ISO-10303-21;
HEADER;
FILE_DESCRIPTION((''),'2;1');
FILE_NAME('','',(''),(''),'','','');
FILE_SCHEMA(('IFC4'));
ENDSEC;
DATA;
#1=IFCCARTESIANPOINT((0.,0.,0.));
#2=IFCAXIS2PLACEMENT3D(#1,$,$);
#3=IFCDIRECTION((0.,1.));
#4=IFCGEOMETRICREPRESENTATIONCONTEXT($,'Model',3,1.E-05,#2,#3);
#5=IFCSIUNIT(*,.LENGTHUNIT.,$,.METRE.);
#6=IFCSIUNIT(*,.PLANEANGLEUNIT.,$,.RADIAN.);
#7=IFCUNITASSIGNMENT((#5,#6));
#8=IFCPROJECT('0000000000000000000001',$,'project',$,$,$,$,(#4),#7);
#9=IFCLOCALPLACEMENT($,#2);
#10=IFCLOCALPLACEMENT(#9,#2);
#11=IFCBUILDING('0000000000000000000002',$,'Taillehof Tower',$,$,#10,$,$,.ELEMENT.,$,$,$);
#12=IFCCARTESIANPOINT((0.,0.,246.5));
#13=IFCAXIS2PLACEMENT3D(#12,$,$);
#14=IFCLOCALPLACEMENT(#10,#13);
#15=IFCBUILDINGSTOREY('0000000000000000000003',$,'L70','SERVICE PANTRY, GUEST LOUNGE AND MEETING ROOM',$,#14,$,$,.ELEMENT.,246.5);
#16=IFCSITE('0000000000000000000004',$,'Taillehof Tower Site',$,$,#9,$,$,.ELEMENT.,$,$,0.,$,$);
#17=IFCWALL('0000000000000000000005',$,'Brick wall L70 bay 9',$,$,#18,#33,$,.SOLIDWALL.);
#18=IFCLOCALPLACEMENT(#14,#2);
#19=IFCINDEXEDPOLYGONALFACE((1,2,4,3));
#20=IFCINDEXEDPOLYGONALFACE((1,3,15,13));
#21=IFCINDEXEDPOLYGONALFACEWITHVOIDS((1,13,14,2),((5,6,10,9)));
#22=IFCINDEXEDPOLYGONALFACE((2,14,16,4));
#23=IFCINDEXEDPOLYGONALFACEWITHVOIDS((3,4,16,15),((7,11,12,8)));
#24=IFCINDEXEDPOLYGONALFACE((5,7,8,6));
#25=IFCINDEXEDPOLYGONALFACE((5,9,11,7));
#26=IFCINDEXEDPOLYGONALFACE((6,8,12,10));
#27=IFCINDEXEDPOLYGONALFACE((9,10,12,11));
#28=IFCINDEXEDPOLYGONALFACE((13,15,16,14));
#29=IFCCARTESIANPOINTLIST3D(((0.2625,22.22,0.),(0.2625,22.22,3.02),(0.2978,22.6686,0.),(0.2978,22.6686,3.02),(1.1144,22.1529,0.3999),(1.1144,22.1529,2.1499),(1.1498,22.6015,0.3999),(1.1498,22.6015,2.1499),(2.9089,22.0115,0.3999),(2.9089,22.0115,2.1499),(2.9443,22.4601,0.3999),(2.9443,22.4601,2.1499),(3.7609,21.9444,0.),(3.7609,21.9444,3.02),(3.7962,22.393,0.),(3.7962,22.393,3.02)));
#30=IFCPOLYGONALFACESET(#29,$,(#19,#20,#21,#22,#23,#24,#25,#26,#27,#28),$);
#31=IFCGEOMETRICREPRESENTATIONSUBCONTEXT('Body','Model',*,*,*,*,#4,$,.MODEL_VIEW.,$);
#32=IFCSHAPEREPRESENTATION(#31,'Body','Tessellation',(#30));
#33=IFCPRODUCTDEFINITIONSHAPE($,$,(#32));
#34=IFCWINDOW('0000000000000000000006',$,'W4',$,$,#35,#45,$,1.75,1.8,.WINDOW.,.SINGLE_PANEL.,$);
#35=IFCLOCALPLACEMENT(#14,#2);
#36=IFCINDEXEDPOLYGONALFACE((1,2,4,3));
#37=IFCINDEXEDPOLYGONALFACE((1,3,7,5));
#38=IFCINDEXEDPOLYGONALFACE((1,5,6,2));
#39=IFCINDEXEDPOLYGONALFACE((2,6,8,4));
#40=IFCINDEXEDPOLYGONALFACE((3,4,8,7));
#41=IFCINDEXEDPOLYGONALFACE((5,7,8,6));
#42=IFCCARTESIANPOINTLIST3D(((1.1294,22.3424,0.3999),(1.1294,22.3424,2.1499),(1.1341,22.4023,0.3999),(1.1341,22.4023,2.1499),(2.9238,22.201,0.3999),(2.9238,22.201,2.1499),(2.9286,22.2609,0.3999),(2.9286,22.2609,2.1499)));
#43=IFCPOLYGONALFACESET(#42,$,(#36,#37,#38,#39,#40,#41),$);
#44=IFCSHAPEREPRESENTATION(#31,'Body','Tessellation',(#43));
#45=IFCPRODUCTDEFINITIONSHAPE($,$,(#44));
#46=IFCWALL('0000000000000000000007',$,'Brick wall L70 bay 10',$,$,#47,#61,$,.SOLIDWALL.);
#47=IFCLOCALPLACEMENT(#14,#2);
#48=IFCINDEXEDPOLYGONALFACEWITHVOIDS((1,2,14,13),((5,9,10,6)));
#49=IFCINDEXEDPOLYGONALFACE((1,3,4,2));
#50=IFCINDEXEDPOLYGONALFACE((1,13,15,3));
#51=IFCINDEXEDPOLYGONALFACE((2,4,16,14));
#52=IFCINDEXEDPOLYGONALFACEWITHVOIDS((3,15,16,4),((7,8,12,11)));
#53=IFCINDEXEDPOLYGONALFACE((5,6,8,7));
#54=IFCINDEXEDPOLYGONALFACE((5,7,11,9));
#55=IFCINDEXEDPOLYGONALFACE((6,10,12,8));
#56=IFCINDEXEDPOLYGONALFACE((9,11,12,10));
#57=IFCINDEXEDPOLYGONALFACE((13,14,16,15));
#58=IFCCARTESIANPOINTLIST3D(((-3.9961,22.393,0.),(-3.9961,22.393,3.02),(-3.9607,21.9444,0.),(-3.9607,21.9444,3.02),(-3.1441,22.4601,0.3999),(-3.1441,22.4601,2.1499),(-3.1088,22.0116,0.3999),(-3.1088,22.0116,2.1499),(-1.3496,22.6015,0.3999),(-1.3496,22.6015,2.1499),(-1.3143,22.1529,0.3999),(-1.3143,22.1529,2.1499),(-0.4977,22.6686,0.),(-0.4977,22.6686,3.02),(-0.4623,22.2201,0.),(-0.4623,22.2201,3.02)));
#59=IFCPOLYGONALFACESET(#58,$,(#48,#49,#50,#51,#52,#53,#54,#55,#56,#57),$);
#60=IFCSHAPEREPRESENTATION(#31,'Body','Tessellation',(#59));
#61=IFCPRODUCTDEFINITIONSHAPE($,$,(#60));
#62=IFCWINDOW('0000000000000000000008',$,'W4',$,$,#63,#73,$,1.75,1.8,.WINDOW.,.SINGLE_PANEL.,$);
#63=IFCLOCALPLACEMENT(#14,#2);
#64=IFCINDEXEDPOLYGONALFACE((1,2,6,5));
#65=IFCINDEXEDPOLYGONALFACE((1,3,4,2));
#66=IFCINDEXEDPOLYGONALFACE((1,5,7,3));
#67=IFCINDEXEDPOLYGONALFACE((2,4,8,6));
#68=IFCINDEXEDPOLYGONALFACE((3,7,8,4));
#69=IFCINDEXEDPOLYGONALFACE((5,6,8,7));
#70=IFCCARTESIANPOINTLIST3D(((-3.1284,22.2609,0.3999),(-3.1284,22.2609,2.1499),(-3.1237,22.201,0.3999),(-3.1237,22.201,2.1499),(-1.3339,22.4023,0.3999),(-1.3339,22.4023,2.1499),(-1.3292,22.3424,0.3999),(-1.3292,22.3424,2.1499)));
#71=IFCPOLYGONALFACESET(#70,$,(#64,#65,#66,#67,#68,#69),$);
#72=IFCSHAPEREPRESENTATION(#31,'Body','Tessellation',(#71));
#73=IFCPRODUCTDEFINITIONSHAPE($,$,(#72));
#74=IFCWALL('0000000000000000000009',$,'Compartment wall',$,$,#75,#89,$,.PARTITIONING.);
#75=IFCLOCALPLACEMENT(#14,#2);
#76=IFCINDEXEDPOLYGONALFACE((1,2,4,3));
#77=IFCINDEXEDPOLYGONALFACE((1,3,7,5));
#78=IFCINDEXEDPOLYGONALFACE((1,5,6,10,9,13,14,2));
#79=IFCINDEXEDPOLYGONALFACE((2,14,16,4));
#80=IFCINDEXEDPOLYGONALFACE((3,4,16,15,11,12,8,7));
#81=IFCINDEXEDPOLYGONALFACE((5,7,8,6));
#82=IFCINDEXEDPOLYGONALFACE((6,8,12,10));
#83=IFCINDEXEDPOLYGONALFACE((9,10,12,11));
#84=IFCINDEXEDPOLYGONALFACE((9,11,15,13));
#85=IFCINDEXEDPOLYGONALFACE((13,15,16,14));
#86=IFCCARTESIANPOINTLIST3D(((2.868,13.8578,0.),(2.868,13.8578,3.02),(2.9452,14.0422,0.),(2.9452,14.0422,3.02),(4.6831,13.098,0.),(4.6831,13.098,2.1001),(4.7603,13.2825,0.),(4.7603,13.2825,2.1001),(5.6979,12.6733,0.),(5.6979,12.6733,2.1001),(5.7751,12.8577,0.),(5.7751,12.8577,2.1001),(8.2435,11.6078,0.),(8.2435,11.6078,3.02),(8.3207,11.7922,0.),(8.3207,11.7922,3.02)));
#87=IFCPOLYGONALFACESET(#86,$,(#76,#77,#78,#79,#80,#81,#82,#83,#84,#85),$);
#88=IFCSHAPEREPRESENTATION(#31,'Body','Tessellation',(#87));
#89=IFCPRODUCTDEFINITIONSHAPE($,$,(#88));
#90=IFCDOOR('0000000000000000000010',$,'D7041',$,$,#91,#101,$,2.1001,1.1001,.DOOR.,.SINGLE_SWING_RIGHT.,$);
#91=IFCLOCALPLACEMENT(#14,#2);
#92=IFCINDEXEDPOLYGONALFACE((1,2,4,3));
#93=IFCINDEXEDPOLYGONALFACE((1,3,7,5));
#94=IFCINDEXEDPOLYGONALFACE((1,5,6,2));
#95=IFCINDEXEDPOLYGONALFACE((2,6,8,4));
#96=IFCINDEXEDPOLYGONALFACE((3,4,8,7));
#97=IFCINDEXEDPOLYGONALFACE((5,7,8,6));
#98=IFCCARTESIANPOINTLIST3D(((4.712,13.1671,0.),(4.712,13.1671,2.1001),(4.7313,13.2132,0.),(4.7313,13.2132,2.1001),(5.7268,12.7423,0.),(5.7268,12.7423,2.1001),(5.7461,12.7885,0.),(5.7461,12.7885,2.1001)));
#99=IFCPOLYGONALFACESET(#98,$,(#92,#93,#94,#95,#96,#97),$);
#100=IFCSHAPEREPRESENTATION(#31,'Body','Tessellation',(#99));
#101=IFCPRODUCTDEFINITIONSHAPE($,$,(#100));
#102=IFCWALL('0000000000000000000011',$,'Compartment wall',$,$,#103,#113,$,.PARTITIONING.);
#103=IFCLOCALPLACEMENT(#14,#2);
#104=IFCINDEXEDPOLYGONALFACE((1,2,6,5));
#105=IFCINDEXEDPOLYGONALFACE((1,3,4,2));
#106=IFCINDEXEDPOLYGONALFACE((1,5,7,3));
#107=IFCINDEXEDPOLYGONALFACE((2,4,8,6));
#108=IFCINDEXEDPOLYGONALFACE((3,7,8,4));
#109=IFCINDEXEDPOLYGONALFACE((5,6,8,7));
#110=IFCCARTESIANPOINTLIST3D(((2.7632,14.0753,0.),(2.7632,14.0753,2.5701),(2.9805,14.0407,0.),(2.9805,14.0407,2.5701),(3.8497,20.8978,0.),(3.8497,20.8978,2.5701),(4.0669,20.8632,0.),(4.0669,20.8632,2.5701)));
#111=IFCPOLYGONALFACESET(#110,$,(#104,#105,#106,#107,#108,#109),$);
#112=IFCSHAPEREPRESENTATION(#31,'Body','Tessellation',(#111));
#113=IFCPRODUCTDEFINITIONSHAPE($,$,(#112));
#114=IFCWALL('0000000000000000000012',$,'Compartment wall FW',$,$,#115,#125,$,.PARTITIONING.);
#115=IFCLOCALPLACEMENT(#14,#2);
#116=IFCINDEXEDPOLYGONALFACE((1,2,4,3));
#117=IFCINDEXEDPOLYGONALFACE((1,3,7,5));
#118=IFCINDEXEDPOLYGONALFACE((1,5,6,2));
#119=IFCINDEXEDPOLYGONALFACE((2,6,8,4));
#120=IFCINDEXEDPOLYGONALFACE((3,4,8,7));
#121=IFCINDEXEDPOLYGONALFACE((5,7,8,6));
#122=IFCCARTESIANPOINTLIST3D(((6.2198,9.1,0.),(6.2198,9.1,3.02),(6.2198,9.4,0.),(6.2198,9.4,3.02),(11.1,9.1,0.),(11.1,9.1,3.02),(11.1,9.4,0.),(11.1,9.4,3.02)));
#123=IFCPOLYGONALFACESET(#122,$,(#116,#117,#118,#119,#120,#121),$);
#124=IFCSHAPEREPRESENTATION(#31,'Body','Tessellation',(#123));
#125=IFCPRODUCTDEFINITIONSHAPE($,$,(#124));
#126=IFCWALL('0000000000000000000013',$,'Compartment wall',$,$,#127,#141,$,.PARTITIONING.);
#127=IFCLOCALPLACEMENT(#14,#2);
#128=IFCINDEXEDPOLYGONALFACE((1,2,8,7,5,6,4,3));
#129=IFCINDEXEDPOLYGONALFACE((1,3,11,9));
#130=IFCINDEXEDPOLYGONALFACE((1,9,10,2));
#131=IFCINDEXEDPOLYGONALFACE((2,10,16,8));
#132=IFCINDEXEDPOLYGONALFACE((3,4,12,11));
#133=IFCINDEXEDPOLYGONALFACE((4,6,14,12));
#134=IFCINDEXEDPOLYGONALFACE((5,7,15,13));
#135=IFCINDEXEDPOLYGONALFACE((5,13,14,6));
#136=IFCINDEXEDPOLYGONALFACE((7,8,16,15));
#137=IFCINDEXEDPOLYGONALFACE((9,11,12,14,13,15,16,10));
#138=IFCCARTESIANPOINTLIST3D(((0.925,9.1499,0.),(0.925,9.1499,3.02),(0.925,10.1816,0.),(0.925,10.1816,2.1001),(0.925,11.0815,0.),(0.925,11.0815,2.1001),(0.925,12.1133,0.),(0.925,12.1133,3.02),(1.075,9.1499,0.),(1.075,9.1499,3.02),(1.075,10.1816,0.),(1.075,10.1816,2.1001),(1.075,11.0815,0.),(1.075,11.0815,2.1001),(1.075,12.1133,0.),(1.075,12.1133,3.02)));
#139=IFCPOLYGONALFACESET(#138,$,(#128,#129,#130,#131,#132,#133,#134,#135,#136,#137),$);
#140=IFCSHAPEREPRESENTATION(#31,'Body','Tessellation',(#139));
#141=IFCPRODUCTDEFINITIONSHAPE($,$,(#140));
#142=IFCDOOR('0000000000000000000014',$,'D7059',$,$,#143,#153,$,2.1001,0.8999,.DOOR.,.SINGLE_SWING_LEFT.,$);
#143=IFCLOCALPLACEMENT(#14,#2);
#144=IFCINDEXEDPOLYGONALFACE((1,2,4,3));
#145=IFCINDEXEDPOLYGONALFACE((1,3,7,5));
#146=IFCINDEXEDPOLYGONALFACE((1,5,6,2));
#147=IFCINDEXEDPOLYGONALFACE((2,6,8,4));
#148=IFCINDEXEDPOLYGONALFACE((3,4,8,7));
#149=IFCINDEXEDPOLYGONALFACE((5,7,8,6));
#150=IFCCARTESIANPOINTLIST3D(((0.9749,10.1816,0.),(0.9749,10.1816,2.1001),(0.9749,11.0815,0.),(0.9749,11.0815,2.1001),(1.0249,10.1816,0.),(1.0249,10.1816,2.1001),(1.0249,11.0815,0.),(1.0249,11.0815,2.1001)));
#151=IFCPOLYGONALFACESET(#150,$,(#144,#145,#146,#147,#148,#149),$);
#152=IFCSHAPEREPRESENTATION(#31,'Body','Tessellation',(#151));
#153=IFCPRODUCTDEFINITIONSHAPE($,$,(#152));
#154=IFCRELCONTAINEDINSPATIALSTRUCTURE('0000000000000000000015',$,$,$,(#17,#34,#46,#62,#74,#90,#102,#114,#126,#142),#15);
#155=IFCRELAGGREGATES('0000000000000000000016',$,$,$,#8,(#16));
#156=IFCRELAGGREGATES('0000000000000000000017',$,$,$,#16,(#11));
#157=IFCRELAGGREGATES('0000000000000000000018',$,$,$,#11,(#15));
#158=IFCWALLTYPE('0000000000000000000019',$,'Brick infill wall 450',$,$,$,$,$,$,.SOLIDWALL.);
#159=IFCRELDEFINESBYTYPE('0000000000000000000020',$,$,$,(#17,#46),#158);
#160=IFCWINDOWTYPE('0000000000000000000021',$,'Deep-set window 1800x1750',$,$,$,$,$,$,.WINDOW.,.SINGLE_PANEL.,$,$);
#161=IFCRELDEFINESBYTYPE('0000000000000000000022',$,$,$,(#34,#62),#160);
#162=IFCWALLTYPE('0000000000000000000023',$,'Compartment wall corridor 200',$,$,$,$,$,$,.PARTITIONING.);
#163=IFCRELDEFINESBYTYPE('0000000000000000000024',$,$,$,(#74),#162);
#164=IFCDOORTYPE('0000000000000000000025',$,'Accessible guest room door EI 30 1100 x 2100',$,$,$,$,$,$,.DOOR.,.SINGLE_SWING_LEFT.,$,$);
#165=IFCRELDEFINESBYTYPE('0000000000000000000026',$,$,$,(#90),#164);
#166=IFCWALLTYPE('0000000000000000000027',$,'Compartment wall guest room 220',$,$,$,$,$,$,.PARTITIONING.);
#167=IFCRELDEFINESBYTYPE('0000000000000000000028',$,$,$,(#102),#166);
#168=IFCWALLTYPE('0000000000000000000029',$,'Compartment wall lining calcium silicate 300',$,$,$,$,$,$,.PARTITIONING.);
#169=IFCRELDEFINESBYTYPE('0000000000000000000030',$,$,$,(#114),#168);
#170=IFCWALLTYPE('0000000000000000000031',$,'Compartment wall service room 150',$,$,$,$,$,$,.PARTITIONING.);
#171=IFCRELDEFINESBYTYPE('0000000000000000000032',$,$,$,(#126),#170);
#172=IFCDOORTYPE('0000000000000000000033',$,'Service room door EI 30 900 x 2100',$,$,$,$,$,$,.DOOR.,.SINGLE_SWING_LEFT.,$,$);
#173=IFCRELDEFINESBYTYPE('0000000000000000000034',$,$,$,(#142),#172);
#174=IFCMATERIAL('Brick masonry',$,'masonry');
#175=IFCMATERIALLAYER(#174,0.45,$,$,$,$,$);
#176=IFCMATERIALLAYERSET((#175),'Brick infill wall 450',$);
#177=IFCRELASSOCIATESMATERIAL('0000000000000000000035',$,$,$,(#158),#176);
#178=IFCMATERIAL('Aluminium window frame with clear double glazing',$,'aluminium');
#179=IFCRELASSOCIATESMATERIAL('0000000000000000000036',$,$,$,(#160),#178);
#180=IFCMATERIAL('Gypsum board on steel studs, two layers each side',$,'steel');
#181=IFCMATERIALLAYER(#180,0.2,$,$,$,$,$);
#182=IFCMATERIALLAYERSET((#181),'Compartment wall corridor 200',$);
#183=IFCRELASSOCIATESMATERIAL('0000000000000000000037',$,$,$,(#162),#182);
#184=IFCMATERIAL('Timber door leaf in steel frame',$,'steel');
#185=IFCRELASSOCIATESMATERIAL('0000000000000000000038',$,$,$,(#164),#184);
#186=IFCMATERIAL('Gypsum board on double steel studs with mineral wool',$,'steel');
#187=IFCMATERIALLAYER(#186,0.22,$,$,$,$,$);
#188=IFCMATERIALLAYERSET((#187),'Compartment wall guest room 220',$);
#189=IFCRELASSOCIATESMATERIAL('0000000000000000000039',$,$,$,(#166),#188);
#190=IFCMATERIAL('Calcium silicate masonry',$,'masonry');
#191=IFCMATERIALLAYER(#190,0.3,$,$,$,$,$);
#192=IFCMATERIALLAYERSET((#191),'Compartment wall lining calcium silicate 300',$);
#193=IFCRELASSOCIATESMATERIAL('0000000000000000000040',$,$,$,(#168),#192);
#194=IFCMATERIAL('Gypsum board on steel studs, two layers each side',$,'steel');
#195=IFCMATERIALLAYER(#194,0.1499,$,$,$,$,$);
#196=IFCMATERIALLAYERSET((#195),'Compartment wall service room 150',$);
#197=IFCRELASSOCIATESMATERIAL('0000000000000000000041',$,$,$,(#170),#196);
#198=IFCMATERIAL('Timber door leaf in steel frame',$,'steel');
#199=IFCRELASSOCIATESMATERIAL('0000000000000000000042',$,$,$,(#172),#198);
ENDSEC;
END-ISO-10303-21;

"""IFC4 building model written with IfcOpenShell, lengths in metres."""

from ifc_helpers import new_model, si_unit, direction, frame, frame_2d, origin, place, context, subcontext, project, spatial, rectangle, extrude, material, layer, layer_set, type_object, element, fill, save


model = new_model("IFC4")

# Units and contexts
model_context = context("Model", 3, precision=1e-05, world=origin(), true_north=direction((0.0, 1.0)))
body_context = subcontext(model_context, "Body", "Model", "MODEL_VIEW")
ifc_project = project(units=[si_unit("LENGTHUNIT", "METRE"), si_unit("PLANEANGLEUNIT", "RADIAN")], contexts=[model_context])

# Site, building, storey
site_placement = place(None, origin())
site = spatial("IfcSite", under=ifc_project, at=site_placement, Name="Taillehof Tower Site", CompositionType="ELEMENT", RefElevation=0.0)
building_placement = place(site_placement, origin())
building = spatial("IfcBuilding", under=site, at=building_placement, Name="Taillehof Tower", CompositionType="ELEMENT")
storey_placement = place(building_placement, frame((0.0, 0.0, 246.5)))
storey = spatial("IfcBuildingStorey", under=building, at=storey_placement, Name="L70", Description="SERVICE PANTRY, GUEST LOUNGE AND MEETING ROOM", CompositionType="ELEMENT", Elevation=246.5)

# Walls, openings, windows
ifc_material_1 = material(Name="Brick masonry", Category="masonry")
ifc_layer_1 = layer(ifc_material_1, 0.45)
ifc_layer_set_1 = layer_set([ifc_layer_1], Name="Brick infill wall 450")
wall_type_1 = type_object("IfcWallType", Name="Brick infill wall 450", PredefinedType="SOLIDWALL", material=ifc_layer_set_1)
ifc_material_2 = material(Name="Aluminium window frame with clear double glazing", Category="aluminium")
window_type = type_object("IfcWindowType", Name="Deep-set window 1800x1750", PartitioningType="SINGLE_PANEL", PredefinedType="WINDOW", material=ifc_material_2)
wall_1_placement = place(storey_placement, frame((3.7786, 22.1687, 0.0), z_axis=(0.0, 0.0, 1.0), x_axis=(-0.996911, 0.078542, 0.0)))
wall_1 = element("IfcWall", 1, at=wall_1_placement, inside=storey, type_object=wall_type_1, Name="Brick wall L70 bay 9", PredefinedType="SOLIDWALL", context=body_context, shape_type="SweptSolid", body=[
    extrude(rectangle(XDim=3.5093, YDim=0.45, at=frame_2d((1.7546, 0.0))), origin(), (0.0, 0.0, 1.0), 3.02),
])
opening_1_placement = place(wall_1_placement, frame((0.8547, 0.0, 0.3999)))
opening_1 = element("IfcOpeningElement", 2, at=opening_1_placement, cuts=wall_1, PredefinedType="OPENING", context=body_context, shape_type="SweptSolid", body=[
    extrude(rectangle(XDim=1.8, YDim=1.75, at=frame_2d((0.8999, 0.875))), frame((0.0, 0.2349, 0.0), z_axis=(0.0, -1.0, 0.0), x_axis=(1.0, 0.0, 0.0)), (0.0, 0.0, 1.0), 0.47),
])
window_1_placement = place(opening_1_placement, origin())
window_1 = element("IfcWindow", 3, at=window_1_placement, inside=storey, type_object=window_type, Name="W4", OverallHeight=1.75, OverallWidth=1.8, PartitioningType="SINGLE_PANEL", PredefinedType="WINDOW", context=body_context, shape_type="SweptSolid", body=[
    extrude(rectangle(XDim=1.8, YDim=1.75, at=frame_2d((0.8999, 0.875))), frame((0.0, 0.0349, 0.0), z_axis=(0.0, -1.0, 0.0), x_axis=(1.0, 0.0, 0.0)), (0.0, 0.0, 1.0), 0.0601),
])
fill(opening_1, window_1)
wall_2_placement = place(storey_placement, frame((-0.48, 22.4443, 0.0), z_axis=(0.0, 0.0, 1.0), x_axis=(-0.996911, -0.078542, 0.0)))
wall_2 = element("IfcWall", 4, at=wall_2_placement, inside=storey, type_object=wall_type_1, Name="Brick wall L70 bay 10", PredefinedType="SOLIDWALL", context=body_context, shape_type="SweptSolid", body=[
    extrude(rectangle(XDim=3.5093, YDim=0.45, at=frame_2d((1.7546, 0.0))), origin(), (0.0, 0.0, 1.0), 3.02),
])
opening_2_placement = place(wall_2_placement, frame((0.8547, 0.0, 0.3999)))
opening_2 = element("IfcOpeningElement", 5, at=opening_2_placement, cuts=wall_2, PredefinedType="OPENING", context=body_context, shape_type="SweptSolid", body=[
    extrude(rectangle(XDim=1.8, YDim=1.75, at=frame_2d((0.8999, 0.875))), frame((0.0, 0.2349, 0.0), z_axis=(0.0, -1.0, 0.0), x_axis=(1.0, 0.0, 0.0)), (0.0, 0.0, 1.0), 0.47),
])
window_2_placement = place(opening_2_placement, origin())
window_2 = element("IfcWindow", 6, at=window_2_placement, inside=storey, type_object=window_type, Name="W4", OverallHeight=1.75, OverallWidth=1.8, PartitioningType="SINGLE_PANEL", PredefinedType="WINDOW", context=body_context, shape_type="SweptSolid", body=[
    extrude(rectangle(XDim=1.8, YDim=1.75, at=frame_2d((0.8999, 0.875))), frame((0.0, 0.0349, 0.0), z_axis=(0.0, -1.0, 0.0), x_axis=(1.0, 0.0, 0.0)), (0.0, 0.0, 1.0), 0.0601),
])
fill(opening_2, window_2)

# Wall, opening, door
ifc_material_3 = material(Name="Gypsum board on steel studs, two layers each side", Category="steel")
ifc_layer_2 = layer(ifc_material_3, 0.2)
ifc_layer_set_2 = layer_set([ifc_layer_2], Name="Compartment wall corridor 200")
wall_type_2 = type_object("IfcWallType", Name="Compartment wall corridor 200", PredefinedType="PARTITIONING", material=ifc_layer_set_2)
wall_3_placement = place(storey_placement, frame((2.9067, 13.95, 0.0), z_axis=(0.0, 0.0, 1.0), x_axis=(0.922453, -0.386108, 0.0)))
wall_3 = element("IfcWall", 7, at=wall_3_placement, inside=storey, type_object=wall_type_2, Name="Compartment wall", PredefinedType="PARTITIONING", context=body_context, shape_type="SweptSolid", body=[
    extrude(rectangle(XDim=5.8274, YDim=0.2, at=frame_2d((2.9136, 0.0))), origin(), (0.0, 0.0, 1.0), 3.02),
])
opening_3_placement = place(wall_3_placement, frame((1.9675, 0.0, 0.0)))
opening_3 = element("IfcOpeningElement", 8, at=opening_3_placement, cuts=wall_3, PredefinedType="OPENING", context=body_context, shape_type="SweptSolid", body=[
    extrude(rectangle(XDim=1.1001, YDim=2.1001, at=frame_2d((0.55, 1.05))), frame((0.0, 0.1099, 0.0), z_axis=(0.0, -1.0, 0.0), x_axis=(1.0, 0.0, 0.0)), (0.0, 0.0, 1.0), 0.22),
])
ifc_material_4 = material(Name="Timber door leaf in steel frame", Category="steel")
door_type_1 = type_object("IfcDoorType", Name="Accessible guest room door EI 30 1100 x 2100", OperationType="SINGLE_SWING_LEFT", PredefinedType="DOOR", material=ifc_material_4)
door_1_placement = place(opening_3_placement, origin())
door_1 = element("IfcDoor", 9, at=door_1_placement, inside=storey, type_object=door_type_1, Name="D7041", OperationType="SINGLE_SWING_RIGHT", OverallHeight=2.1001, OverallWidth=1.1001, PredefinedType="DOOR", context=body_context, shape_type="SweptSolid", body=[
    extrude(rectangle(XDim=1.1001, YDim=2.1001, at=frame_2d((0.55, 1.05))), frame((0.0, 0.0249, 0.0), z_axis=(0.0, -1.0, 0.0), x_axis=(1.0, 0.0, 0.0)), (0.0, 0.0, 1.0), 0.05),
])
fill(opening_3, door_1)

# Walls
ifc_material_5 = material(Name="Gypsum board on double steel studs with mineral wool", Category="steel")
ifc_layer_3 = layer(ifc_material_5, 0.22)
ifc_layer_set_3 = layer_set([ifc_layer_3], Name="Compartment wall guest room 220")
wall_type_3 = type_object("IfcWallType", Name="Compartment wall guest room 220", PredefinedType="PARTITIONING", material=ifc_layer_set_3)
wall_4_placement = place(storey_placement, frame((3.9583, 20.8804, 0.0), z_axis=(0.0, 0.0, 1.0), x_axis=(-0.15726, -0.987557, 0.0)))
element("IfcWall", 10, at=wall_4_placement, inside=storey, type_object=wall_type_3, Name="Compartment wall", PredefinedType="PARTITIONING", context=body_context, shape_type="SweptSolid", body=[
    extrude(rectangle(XDim=6.9084, YDim=0.22, at=frame_2d((3.4541, 0.0))), origin(), (0.0, 0.0, 1.0), 2.5701),
])
ifc_material_6 = material(Name="Calcium silicate masonry", Category="masonry")
ifc_layer_4 = layer(ifc_material_6, 0.3)
ifc_layer_set_4 = layer_set([ifc_layer_4], Name="Compartment wall lining calcium silicate 300")
wall_type_4 = type_object("IfcWallType", Name="Compartment wall lining calcium silicate 300", PredefinedType="PARTITIONING", material=ifc_layer_set_4)
wall_5_placement = place(storey_placement, frame((6.22, 9.25, 0.0), z_axis=(0.0, 0.0, 1.0), x_axis=(1.0, 0.0, 0.0)))
element("IfcWall", 11, at=wall_5_placement, inside=storey, type_object=wall_type_4, Name="Compartment wall FW", PredefinedType="PARTITIONING", context=body_context, shape_type="SweptSolid", body=[
    extrude(rectangle(XDim=4.8801, YDim=0.3, at=frame_2d((2.4399, 0.0))), origin(), (0.0, 0.0, 1.0), 3.02),
])

# Wall, opening, door
ifc_material_7 = material(Name="Gypsum board on steel studs, two layers each side", Category="steel")
ifc_layer_5 = layer(ifc_material_7, 0.1499)
ifc_layer_set_5 = layer_set([ifc_layer_5], Name="Compartment wall service room 150")
wall_type_5 = type_object("IfcWallType", Name="Compartment wall service room 150", PredefinedType="PARTITIONING", material=ifc_layer_set_5)
wall_6_placement = place(storey_placement, frame((1.0, 12.1133, 0.0), z_axis=(0.0, 0.0, 1.0), x_axis=(0.0, -1.0, 0.0)))
wall_6 = element("IfcWall", 12, at=wall_6_placement, inside=storey, type_object=wall_type_5, Name="Compartment wall", PredefinedType="PARTITIONING", context=body_context, shape_type="SweptSolid", body=[
    extrude(rectangle(XDim=2.9634, YDim=0.1499, at=frame_2d((1.4817, 0.0))), origin(), (0.0, 0.0, 1.0), 3.02),
])
opening_4_placement = place(wall_6_placement, frame((1.0317, 0.0, 0.0)))
opening_4 = element("IfcOpeningElement", 13, at=opening_4_placement, cuts=wall_6, PredefinedType="OPENING", context=body_context, shape_type="SweptSolid", body=[
    extrude(rectangle(XDim=0.8999, YDim=2.1001, at=frame_2d((0.45, 1.05))), frame((0.0, 0.085, 0.0), z_axis=(0.0, -1.0, 0.0), x_axis=(1.0, 0.0, 0.0)), (0.0, 0.0, 1.0), 0.1699),
])
ifc_material_8 = material(Name="Timber door leaf in steel frame", Category="steel")
door_type_2 = type_object("IfcDoorType", Name="Service room door EI 30 900 x 2100", OperationType="SINGLE_SWING_LEFT", PredefinedType="DOOR", material=ifc_material_8)
door_2_placement = place(opening_4_placement, origin())
door_2 = element("IfcDoor", 14, at=door_2_placement, inside=storey, type_object=door_type_2, Name="D7059", OperationType="SINGLE_SWING_LEFT", OverallHeight=2.1001, OverallWidth=0.8999, PredefinedType="DOOR", context=body_context, shape_type="SweptSolid", body=[
    extrude(rectangle(XDim=0.8999, YDim=2.1001, at=frame_2d((0.45, 1.05))), frame((0.0, 0.0249, 0.0), z_axis=(0.0, -1.0, 0.0), x_axis=(1.0, 0.0, 0.0)), (0.0, 0.0, 1.0), 0.05),
])
fill(opening_4, door_2)

save(model, "model.ifc")
